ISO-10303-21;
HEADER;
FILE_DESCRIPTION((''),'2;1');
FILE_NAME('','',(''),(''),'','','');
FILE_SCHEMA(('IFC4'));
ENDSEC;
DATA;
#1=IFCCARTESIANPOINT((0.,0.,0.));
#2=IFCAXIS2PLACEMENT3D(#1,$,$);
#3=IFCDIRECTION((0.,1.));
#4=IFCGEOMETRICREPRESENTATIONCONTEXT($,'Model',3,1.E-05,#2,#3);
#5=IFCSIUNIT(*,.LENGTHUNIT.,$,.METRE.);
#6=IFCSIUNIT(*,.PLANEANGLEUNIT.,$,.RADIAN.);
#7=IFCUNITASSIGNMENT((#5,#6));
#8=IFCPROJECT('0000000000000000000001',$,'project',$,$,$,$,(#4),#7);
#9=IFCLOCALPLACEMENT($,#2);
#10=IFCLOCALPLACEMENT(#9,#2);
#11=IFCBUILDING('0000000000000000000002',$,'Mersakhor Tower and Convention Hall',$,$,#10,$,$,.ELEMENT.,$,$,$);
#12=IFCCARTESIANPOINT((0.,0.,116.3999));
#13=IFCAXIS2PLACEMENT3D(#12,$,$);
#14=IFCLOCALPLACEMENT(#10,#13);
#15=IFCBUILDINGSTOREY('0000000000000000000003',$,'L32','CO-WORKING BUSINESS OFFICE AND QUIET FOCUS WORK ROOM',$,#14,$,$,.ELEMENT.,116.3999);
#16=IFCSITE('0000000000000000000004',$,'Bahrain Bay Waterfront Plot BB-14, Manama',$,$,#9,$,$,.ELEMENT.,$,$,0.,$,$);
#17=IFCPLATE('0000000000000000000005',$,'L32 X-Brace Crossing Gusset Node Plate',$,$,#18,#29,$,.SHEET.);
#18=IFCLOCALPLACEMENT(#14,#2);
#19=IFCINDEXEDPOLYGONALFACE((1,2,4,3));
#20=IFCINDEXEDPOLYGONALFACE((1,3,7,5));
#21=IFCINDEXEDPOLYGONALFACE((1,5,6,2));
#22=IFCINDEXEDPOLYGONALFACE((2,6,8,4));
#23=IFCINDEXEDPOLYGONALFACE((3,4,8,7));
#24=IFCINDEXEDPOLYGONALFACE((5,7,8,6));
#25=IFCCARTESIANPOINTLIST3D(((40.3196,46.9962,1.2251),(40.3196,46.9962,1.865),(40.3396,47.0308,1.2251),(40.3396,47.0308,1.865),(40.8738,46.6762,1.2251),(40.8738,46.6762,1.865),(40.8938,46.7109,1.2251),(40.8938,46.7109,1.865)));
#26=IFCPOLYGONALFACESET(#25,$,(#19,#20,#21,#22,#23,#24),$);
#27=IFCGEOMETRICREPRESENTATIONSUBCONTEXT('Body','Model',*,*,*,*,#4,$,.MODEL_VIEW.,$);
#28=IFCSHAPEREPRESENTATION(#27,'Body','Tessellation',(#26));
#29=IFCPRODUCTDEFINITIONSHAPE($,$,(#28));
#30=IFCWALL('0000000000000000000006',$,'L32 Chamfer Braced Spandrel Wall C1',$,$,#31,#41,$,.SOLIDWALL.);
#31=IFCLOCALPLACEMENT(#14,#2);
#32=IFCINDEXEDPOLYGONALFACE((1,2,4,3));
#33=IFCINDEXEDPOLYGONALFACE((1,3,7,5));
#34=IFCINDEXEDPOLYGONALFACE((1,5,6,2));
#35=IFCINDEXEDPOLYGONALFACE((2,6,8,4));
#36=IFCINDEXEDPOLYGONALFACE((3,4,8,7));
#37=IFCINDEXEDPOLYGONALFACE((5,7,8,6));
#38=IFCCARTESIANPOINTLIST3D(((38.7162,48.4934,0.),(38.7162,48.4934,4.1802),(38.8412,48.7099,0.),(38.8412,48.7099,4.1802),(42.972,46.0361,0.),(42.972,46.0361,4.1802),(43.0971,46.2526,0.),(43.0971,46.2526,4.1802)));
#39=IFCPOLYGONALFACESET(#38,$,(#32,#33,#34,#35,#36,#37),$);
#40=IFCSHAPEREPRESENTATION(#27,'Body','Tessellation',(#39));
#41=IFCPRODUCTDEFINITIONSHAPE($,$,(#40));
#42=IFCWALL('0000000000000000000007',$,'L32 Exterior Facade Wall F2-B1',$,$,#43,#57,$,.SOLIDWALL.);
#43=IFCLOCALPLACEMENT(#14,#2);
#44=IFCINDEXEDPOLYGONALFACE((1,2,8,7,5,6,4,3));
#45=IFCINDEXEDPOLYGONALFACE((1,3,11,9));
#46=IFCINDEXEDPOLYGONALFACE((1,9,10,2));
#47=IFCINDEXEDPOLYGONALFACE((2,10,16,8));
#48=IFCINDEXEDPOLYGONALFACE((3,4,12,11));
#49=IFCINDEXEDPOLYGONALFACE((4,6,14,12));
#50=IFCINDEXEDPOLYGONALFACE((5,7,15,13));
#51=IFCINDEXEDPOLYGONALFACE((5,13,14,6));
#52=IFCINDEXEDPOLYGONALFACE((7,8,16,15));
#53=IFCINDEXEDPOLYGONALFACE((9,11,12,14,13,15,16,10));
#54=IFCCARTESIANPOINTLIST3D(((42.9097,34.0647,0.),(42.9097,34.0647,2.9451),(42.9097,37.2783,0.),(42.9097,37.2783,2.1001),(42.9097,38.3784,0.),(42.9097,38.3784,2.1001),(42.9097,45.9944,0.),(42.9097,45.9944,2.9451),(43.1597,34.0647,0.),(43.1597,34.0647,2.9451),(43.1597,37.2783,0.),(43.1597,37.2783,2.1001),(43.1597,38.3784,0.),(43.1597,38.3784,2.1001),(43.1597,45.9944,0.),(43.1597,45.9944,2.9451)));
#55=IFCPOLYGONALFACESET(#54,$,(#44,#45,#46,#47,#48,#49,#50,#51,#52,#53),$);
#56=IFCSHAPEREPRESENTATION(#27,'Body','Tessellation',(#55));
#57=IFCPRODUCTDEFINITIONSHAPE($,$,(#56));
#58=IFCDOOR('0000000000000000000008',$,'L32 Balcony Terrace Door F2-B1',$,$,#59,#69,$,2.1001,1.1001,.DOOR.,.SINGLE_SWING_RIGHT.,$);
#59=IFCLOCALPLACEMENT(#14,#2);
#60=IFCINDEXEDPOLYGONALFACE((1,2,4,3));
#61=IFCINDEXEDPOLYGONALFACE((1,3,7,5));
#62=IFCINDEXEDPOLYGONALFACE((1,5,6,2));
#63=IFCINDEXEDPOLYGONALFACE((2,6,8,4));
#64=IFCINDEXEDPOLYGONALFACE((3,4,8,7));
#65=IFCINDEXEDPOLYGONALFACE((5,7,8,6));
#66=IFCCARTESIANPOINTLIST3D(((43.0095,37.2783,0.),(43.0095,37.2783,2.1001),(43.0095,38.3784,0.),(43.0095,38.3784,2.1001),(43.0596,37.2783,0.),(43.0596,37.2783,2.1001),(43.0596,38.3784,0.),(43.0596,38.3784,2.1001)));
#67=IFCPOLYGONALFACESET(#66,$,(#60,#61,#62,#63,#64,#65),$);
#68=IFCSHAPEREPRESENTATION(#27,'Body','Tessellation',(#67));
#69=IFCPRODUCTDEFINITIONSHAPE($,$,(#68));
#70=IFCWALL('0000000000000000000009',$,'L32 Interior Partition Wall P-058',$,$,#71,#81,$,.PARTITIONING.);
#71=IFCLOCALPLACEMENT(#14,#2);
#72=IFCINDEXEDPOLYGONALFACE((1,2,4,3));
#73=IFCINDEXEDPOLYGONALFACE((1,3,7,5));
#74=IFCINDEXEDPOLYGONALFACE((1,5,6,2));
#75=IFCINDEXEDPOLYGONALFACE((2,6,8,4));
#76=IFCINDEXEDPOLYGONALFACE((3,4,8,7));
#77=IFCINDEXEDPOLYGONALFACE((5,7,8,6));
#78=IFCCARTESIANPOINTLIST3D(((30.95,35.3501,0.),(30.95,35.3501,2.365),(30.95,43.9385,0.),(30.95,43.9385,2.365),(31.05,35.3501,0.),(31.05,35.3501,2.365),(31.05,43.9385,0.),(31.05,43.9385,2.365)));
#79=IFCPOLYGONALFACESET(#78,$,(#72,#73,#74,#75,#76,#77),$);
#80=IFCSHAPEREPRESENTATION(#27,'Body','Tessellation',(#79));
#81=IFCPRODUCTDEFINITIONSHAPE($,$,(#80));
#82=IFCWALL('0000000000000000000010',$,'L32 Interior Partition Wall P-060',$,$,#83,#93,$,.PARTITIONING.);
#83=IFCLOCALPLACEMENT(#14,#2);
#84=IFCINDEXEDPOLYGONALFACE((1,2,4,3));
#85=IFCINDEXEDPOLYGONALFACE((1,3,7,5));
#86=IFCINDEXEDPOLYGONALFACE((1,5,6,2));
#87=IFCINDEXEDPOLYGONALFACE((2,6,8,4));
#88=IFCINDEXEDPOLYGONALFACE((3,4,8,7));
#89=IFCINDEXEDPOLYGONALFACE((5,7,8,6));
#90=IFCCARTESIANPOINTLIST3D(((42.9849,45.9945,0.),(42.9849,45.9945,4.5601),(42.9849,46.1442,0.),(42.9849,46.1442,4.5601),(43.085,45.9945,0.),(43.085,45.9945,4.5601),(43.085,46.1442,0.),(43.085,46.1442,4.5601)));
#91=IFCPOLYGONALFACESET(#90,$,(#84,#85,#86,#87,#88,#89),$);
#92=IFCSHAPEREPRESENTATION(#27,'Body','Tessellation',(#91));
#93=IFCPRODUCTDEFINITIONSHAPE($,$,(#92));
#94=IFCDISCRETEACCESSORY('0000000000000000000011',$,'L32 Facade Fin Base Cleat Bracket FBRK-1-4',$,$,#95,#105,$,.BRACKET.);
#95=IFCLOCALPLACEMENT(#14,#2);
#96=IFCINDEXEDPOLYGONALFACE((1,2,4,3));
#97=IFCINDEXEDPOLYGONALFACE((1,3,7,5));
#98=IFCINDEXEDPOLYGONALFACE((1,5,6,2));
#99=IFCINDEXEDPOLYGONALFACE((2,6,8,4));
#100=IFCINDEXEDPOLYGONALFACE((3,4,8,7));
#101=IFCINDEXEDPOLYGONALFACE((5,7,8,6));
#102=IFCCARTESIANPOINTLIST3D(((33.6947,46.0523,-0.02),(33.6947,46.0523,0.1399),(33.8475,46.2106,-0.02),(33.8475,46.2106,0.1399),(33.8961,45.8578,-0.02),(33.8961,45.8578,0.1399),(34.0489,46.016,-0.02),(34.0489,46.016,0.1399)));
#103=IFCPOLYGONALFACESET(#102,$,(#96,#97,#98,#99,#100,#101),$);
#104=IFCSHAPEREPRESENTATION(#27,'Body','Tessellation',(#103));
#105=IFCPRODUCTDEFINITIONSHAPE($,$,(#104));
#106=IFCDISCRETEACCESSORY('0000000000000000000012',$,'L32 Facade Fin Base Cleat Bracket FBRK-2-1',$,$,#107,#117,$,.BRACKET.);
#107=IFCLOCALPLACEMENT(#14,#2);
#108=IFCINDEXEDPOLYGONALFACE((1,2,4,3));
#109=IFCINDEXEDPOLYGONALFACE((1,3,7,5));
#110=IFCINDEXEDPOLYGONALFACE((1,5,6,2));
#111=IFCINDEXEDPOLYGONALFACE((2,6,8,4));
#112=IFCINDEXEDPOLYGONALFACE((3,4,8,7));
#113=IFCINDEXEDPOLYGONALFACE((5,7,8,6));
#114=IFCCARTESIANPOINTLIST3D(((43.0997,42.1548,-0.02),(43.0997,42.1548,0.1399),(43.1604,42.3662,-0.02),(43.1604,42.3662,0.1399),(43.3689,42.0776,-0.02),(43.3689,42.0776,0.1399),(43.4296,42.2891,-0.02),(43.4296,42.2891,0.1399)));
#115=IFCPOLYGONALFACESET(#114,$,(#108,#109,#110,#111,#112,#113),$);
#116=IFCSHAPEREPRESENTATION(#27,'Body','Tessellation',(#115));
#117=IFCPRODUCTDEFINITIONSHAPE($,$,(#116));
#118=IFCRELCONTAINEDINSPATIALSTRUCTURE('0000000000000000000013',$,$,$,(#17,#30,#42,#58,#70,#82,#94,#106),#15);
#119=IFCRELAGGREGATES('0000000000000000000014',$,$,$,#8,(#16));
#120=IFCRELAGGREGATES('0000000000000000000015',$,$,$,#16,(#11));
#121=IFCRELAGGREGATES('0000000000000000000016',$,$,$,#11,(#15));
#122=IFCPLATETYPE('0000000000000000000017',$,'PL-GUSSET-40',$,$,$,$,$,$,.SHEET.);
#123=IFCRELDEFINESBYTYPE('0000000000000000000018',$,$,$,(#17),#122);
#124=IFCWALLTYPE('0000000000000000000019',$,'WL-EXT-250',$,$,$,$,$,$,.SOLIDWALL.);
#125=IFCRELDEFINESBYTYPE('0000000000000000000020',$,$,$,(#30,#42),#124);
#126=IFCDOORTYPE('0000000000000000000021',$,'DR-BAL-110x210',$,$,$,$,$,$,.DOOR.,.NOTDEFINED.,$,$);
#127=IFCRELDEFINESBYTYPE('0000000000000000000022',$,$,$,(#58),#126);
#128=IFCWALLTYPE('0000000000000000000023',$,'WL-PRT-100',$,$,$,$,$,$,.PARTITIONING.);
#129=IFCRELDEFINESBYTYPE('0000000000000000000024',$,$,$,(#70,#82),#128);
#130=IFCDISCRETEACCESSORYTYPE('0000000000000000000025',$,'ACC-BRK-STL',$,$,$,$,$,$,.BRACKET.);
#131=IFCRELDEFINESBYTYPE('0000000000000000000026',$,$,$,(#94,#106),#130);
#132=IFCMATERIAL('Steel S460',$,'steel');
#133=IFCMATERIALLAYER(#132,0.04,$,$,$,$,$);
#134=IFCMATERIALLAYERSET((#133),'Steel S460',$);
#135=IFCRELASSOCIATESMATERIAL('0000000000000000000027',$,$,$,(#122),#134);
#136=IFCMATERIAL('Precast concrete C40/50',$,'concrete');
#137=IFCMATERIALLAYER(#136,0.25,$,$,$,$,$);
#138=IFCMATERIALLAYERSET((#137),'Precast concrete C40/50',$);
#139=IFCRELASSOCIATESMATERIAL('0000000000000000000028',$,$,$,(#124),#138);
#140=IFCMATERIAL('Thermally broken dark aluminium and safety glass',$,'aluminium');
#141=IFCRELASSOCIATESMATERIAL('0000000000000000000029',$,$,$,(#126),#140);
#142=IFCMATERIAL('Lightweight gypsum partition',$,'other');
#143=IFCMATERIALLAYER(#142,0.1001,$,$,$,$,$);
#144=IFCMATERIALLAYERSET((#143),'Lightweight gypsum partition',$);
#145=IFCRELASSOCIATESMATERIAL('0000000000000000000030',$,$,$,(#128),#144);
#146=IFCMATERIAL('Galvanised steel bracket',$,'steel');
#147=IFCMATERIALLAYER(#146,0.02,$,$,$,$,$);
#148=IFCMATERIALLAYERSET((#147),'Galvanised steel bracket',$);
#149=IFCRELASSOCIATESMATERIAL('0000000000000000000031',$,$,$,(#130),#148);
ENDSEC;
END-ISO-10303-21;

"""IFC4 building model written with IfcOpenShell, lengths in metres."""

from ifc_helpers import new_model, si_unit, direction, frame, frame_2d, origin, origin_2d, place, context, subcontext, project, spatial, rectangle, extrude, material, layer, layer_set, type_object, element, fill, save


model = new_model("IFC4")

# Units and contexts
model_context = context("Model", 3, precision=1e-05, world=origin(), true_north=direction((0.0, 1.0)))
body_context = subcontext(model_context, "Body", "Model", "MODEL_VIEW")
ifc_project = project(units=[si_unit("LENGTHUNIT", "METRE"), si_unit("PLANEANGLEUNIT", "RADIAN")], contexts=[model_context])

# Site, building, storey
site_placement = place(None, origin())
site = spatial("IfcSite", under=ifc_project, at=site_placement, Name="Bahrain Bay Waterfront Plot BB-14, Manama", CompositionType="ELEMENT", RefElevation=0.0)
building_placement = place(site_placement, origin())
building = spatial("IfcBuilding", under=site, at=building_placement, Name="Mersakhor Tower and Convention Hall", CompositionType="ELEMENT")
storey_placement = place(building_placement, frame((0.0, 0.0, 116.3999)))
storey = spatial("IfcBuildingStorey", under=building, at=storey_placement, Name="L32", Description="CO-WORKING BUSINESS OFFICE AND QUIET FOCUS WORK ROOM", CompositionType="ELEMENT", Elevation=116.3999)

# Plate
ifc_material_1 = material(Name="Steel S460", Category="steel")
ifc_layer_1 = layer(ifc_material_1, 0.04)
ifc_layer_set_1 = layer_set([ifc_layer_1], Name="Steel S460")
plate_type_1 = type_object("IfcPlateType", Name="PL-GUSSET-40", PredefinedType="SHEET", material=ifc_layer_set_1)
plate_1_placement = place(storey_placement, frame((40.6067, 46.8535, 1.2251), z_axis=(0.0, 0.0, 1.0), x_axis=(-0.866025, 0.5, 0.0)))
element("IfcPlate", 1, at=plate_1_placement, inside=storey, type_object=plate_type_1, Name="L32 X-Brace Crossing Gusset Node Plate", PredefinedType="SHEET", context=body_context, shape_type="SweptSolid", body=[
    extrude(rectangle(XDim=0.6399, YDim=0.04, at=origin_2d()), origin(), (0.0, 0.0, 1.0), 0.6399),
])

# Wall
ifc_material_2 = material(Name="Precast concrete C40/50", Category="concrete")
ifc_layer_2 = layer(ifc_material_2, 0.25)
ifc_layer_set_2 = layer_set([ifc_layer_2], Name="Precast concrete C40/50")
wall_type_1 = type_object("IfcWallType", Name="WL-EXT-250", PredefinedType="SOLIDWALL", material=ifc_layer_set_2)
wall_1_placement = place(storey_placement, frame((38.7788, 48.6016, 0.0), z_axis=(0.0, 0.0, 1.0), x_axis=(0.866012, -0.500023, 0.0)))
element("IfcWall", 2, at=wall_1_placement, inside=storey, type_object=wall_type_1, Name="L32 Chamfer Braced Spandrel Wall C1", PredefinedType="SOLIDWALL", context=body_context, shape_type="SweptSolid", body=[
    extrude(rectangle(XDim=4.9143, YDim=0.25, at=frame_2d((2.457, 0.0))), origin(), (0.0, 0.0, 1.0), 4.1802),
])

# Wall, opening, door
wall_2_placement = place(storey_placement, frame((43.0347, 45.9944, 0.0), z_axis=(0.0, 0.0, 1.0), x_axis=(0.0, -1.0, 0.0)))
wall_2 = element("IfcWall", 3, at=wall_2_placement, inside=storey, type_object=wall_type_1, Name="L32 Exterior Facade Wall F2-B1", PredefinedType="SOLIDWALL", context=body_context, shape_type="SweptSolid", body=[
    extrude(rectangle(XDim=11.9297, YDim=0.25, at=frame_2d((5.9648, 0.0))), origin(), (0.0, 0.0, 1.0), 2.9451),
])
opening_placement = place(wall_2_placement, frame((7.616, 0.0, 0.0)))
opening = element("IfcOpeningElement", 4, at=opening_placement, cuts=wall_2, PredefinedType="OPENING", context=body_context, shape_type="SweptSolid", body=[
    extrude(rectangle(XDim=1.1001, YDim=2.1001, at=frame_2d((0.55, 1.05))), frame((0.0, 0.135, 0.0), z_axis=(0.0, -1.0, 0.0), x_axis=(1.0, 0.0, 0.0)), (0.0, 0.0, 1.0), 0.27),
])
ifc_material_3 = material(Name="Thermally broken dark aluminium and safety glass", Category="aluminium")
door_type = type_object("IfcDoorType", Name="DR-BAL-110x210", OperationType="NOTDEFINED", PredefinedType="DOOR", material=ifc_material_3)
door_placement = place(opening_placement, origin())
door = element("IfcDoor", 5, at=door_placement, inside=storey, type_object=door_type, Name="L32 Balcony Terrace Door F2-B1", OperationType="SINGLE_SWING_RIGHT", OverallHeight=2.1001, OverallWidth=1.1001, PredefinedType="DOOR", context=body_context, shape_type="SweptSolid", body=[
    extrude(rectangle(XDim=1.1001, YDim=2.1001, at=frame_2d((0.55, 1.05))), frame((0.0, 0.0249, 0.0), z_axis=(0.0, -1.0, 0.0), x_axis=(1.0, 0.0, 0.0)), (0.0, 0.0, 1.0), 0.05),
])
fill(opening, door)

# Walls
ifc_material_4 = material(Name="Lightweight gypsum partition", Category="other")
ifc_layer_3 = layer(ifc_material_4, 0.1001)
ifc_layer_set_3 = layer_set([ifc_layer_3], Name="Lightweight gypsum partition")
wall_type_2 = type_object("IfcWallType", Name="WL-PRT-100", PredefinedType="PARTITIONING", material=ifc_layer_set_3)
wall_3_placement = place(storey_placement, frame((31.0, 43.9385, 0.0), z_axis=(0.0, 0.0, 1.0), x_axis=(0.0, -1.0, 0.0)))
element("IfcWall", 6, at=wall_3_placement, inside=storey, type_object=wall_type_2, Name="L32 Interior Partition Wall P-058", PredefinedType="PARTITIONING", context=body_context, shape_type="SweptSolid", body=[
    extrude(rectangle(XDim=8.5884, YDim=0.1001, at=frame_2d((4.2942, 0.0))), origin(), (0.0, 0.0, 1.0), 2.365),
])
wall_4_placement = place(storey_placement, frame((43.0349, 46.144, 0.0), z_axis=(0.0, 0.0, 1.0), x_axis=(0.0, -1.0, 0.0)))
element("IfcWall", 7, at=wall_4_placement, inside=storey, type_object=wall_type_2, Name="L32 Interior Partition Wall P-060", PredefinedType="PARTITIONING", context=body_context, shape_type="SweptSolid", body=[
    extrude(rectangle(XDim=0.1497, YDim=0.1001, at=frame_2d((0.0747, 0.0))), origin(), (0.0, 0.0, 1.0), 4.5601),
])

# Discrete accessories
ifc_material_5 = material(Name="Galvanised steel bracket", Category="steel")
ifc_layer_4 = layer(ifc_material_5, 0.02)
ifc_layer_set_4 = layer_set([ifc_layer_4], Name="Galvanised steel bracket")
discrete_accessory_type = type_object("IfcDiscreteAccessoryType", Name="ACC-BRK-STL", PredefinedType="BRACKET", material=ifc_layer_set_4)
for number, where, z_axis, x_axis, name in (
    (8, (33.8718, 46.0342, -0.02), (0.0, 0.0, 1.0), (-0.71934, 0.694658, 0.0), "L32 Facade Fin Base Cleat Bracket FBRK-1-4"),
    (9, (43.2646, 42.2219, -0.02), (0.0, 0.0, 1.0), (0.961262, -0.275637, 0.0), "L32 Facade Fin Base Cleat Bracket FBRK-2-1"),
):
    element("IfcDiscreteAccessory", number, at=place(storey_placement, frame(where, z_axis=z_axis, x_axis=x_axis)), inside=storey, type_object=discrete_accessory_type, Name=name, PredefinedType="BRACKET", context=body_context, shape_type="SweptSolid", body=[
        extrude(rectangle(XDim=0.28, YDim=0.22, at=origin_2d()), origin(), (0.0, 0.0, 1.0), 0.1599),
    ])

save(model, "model.ifc")
